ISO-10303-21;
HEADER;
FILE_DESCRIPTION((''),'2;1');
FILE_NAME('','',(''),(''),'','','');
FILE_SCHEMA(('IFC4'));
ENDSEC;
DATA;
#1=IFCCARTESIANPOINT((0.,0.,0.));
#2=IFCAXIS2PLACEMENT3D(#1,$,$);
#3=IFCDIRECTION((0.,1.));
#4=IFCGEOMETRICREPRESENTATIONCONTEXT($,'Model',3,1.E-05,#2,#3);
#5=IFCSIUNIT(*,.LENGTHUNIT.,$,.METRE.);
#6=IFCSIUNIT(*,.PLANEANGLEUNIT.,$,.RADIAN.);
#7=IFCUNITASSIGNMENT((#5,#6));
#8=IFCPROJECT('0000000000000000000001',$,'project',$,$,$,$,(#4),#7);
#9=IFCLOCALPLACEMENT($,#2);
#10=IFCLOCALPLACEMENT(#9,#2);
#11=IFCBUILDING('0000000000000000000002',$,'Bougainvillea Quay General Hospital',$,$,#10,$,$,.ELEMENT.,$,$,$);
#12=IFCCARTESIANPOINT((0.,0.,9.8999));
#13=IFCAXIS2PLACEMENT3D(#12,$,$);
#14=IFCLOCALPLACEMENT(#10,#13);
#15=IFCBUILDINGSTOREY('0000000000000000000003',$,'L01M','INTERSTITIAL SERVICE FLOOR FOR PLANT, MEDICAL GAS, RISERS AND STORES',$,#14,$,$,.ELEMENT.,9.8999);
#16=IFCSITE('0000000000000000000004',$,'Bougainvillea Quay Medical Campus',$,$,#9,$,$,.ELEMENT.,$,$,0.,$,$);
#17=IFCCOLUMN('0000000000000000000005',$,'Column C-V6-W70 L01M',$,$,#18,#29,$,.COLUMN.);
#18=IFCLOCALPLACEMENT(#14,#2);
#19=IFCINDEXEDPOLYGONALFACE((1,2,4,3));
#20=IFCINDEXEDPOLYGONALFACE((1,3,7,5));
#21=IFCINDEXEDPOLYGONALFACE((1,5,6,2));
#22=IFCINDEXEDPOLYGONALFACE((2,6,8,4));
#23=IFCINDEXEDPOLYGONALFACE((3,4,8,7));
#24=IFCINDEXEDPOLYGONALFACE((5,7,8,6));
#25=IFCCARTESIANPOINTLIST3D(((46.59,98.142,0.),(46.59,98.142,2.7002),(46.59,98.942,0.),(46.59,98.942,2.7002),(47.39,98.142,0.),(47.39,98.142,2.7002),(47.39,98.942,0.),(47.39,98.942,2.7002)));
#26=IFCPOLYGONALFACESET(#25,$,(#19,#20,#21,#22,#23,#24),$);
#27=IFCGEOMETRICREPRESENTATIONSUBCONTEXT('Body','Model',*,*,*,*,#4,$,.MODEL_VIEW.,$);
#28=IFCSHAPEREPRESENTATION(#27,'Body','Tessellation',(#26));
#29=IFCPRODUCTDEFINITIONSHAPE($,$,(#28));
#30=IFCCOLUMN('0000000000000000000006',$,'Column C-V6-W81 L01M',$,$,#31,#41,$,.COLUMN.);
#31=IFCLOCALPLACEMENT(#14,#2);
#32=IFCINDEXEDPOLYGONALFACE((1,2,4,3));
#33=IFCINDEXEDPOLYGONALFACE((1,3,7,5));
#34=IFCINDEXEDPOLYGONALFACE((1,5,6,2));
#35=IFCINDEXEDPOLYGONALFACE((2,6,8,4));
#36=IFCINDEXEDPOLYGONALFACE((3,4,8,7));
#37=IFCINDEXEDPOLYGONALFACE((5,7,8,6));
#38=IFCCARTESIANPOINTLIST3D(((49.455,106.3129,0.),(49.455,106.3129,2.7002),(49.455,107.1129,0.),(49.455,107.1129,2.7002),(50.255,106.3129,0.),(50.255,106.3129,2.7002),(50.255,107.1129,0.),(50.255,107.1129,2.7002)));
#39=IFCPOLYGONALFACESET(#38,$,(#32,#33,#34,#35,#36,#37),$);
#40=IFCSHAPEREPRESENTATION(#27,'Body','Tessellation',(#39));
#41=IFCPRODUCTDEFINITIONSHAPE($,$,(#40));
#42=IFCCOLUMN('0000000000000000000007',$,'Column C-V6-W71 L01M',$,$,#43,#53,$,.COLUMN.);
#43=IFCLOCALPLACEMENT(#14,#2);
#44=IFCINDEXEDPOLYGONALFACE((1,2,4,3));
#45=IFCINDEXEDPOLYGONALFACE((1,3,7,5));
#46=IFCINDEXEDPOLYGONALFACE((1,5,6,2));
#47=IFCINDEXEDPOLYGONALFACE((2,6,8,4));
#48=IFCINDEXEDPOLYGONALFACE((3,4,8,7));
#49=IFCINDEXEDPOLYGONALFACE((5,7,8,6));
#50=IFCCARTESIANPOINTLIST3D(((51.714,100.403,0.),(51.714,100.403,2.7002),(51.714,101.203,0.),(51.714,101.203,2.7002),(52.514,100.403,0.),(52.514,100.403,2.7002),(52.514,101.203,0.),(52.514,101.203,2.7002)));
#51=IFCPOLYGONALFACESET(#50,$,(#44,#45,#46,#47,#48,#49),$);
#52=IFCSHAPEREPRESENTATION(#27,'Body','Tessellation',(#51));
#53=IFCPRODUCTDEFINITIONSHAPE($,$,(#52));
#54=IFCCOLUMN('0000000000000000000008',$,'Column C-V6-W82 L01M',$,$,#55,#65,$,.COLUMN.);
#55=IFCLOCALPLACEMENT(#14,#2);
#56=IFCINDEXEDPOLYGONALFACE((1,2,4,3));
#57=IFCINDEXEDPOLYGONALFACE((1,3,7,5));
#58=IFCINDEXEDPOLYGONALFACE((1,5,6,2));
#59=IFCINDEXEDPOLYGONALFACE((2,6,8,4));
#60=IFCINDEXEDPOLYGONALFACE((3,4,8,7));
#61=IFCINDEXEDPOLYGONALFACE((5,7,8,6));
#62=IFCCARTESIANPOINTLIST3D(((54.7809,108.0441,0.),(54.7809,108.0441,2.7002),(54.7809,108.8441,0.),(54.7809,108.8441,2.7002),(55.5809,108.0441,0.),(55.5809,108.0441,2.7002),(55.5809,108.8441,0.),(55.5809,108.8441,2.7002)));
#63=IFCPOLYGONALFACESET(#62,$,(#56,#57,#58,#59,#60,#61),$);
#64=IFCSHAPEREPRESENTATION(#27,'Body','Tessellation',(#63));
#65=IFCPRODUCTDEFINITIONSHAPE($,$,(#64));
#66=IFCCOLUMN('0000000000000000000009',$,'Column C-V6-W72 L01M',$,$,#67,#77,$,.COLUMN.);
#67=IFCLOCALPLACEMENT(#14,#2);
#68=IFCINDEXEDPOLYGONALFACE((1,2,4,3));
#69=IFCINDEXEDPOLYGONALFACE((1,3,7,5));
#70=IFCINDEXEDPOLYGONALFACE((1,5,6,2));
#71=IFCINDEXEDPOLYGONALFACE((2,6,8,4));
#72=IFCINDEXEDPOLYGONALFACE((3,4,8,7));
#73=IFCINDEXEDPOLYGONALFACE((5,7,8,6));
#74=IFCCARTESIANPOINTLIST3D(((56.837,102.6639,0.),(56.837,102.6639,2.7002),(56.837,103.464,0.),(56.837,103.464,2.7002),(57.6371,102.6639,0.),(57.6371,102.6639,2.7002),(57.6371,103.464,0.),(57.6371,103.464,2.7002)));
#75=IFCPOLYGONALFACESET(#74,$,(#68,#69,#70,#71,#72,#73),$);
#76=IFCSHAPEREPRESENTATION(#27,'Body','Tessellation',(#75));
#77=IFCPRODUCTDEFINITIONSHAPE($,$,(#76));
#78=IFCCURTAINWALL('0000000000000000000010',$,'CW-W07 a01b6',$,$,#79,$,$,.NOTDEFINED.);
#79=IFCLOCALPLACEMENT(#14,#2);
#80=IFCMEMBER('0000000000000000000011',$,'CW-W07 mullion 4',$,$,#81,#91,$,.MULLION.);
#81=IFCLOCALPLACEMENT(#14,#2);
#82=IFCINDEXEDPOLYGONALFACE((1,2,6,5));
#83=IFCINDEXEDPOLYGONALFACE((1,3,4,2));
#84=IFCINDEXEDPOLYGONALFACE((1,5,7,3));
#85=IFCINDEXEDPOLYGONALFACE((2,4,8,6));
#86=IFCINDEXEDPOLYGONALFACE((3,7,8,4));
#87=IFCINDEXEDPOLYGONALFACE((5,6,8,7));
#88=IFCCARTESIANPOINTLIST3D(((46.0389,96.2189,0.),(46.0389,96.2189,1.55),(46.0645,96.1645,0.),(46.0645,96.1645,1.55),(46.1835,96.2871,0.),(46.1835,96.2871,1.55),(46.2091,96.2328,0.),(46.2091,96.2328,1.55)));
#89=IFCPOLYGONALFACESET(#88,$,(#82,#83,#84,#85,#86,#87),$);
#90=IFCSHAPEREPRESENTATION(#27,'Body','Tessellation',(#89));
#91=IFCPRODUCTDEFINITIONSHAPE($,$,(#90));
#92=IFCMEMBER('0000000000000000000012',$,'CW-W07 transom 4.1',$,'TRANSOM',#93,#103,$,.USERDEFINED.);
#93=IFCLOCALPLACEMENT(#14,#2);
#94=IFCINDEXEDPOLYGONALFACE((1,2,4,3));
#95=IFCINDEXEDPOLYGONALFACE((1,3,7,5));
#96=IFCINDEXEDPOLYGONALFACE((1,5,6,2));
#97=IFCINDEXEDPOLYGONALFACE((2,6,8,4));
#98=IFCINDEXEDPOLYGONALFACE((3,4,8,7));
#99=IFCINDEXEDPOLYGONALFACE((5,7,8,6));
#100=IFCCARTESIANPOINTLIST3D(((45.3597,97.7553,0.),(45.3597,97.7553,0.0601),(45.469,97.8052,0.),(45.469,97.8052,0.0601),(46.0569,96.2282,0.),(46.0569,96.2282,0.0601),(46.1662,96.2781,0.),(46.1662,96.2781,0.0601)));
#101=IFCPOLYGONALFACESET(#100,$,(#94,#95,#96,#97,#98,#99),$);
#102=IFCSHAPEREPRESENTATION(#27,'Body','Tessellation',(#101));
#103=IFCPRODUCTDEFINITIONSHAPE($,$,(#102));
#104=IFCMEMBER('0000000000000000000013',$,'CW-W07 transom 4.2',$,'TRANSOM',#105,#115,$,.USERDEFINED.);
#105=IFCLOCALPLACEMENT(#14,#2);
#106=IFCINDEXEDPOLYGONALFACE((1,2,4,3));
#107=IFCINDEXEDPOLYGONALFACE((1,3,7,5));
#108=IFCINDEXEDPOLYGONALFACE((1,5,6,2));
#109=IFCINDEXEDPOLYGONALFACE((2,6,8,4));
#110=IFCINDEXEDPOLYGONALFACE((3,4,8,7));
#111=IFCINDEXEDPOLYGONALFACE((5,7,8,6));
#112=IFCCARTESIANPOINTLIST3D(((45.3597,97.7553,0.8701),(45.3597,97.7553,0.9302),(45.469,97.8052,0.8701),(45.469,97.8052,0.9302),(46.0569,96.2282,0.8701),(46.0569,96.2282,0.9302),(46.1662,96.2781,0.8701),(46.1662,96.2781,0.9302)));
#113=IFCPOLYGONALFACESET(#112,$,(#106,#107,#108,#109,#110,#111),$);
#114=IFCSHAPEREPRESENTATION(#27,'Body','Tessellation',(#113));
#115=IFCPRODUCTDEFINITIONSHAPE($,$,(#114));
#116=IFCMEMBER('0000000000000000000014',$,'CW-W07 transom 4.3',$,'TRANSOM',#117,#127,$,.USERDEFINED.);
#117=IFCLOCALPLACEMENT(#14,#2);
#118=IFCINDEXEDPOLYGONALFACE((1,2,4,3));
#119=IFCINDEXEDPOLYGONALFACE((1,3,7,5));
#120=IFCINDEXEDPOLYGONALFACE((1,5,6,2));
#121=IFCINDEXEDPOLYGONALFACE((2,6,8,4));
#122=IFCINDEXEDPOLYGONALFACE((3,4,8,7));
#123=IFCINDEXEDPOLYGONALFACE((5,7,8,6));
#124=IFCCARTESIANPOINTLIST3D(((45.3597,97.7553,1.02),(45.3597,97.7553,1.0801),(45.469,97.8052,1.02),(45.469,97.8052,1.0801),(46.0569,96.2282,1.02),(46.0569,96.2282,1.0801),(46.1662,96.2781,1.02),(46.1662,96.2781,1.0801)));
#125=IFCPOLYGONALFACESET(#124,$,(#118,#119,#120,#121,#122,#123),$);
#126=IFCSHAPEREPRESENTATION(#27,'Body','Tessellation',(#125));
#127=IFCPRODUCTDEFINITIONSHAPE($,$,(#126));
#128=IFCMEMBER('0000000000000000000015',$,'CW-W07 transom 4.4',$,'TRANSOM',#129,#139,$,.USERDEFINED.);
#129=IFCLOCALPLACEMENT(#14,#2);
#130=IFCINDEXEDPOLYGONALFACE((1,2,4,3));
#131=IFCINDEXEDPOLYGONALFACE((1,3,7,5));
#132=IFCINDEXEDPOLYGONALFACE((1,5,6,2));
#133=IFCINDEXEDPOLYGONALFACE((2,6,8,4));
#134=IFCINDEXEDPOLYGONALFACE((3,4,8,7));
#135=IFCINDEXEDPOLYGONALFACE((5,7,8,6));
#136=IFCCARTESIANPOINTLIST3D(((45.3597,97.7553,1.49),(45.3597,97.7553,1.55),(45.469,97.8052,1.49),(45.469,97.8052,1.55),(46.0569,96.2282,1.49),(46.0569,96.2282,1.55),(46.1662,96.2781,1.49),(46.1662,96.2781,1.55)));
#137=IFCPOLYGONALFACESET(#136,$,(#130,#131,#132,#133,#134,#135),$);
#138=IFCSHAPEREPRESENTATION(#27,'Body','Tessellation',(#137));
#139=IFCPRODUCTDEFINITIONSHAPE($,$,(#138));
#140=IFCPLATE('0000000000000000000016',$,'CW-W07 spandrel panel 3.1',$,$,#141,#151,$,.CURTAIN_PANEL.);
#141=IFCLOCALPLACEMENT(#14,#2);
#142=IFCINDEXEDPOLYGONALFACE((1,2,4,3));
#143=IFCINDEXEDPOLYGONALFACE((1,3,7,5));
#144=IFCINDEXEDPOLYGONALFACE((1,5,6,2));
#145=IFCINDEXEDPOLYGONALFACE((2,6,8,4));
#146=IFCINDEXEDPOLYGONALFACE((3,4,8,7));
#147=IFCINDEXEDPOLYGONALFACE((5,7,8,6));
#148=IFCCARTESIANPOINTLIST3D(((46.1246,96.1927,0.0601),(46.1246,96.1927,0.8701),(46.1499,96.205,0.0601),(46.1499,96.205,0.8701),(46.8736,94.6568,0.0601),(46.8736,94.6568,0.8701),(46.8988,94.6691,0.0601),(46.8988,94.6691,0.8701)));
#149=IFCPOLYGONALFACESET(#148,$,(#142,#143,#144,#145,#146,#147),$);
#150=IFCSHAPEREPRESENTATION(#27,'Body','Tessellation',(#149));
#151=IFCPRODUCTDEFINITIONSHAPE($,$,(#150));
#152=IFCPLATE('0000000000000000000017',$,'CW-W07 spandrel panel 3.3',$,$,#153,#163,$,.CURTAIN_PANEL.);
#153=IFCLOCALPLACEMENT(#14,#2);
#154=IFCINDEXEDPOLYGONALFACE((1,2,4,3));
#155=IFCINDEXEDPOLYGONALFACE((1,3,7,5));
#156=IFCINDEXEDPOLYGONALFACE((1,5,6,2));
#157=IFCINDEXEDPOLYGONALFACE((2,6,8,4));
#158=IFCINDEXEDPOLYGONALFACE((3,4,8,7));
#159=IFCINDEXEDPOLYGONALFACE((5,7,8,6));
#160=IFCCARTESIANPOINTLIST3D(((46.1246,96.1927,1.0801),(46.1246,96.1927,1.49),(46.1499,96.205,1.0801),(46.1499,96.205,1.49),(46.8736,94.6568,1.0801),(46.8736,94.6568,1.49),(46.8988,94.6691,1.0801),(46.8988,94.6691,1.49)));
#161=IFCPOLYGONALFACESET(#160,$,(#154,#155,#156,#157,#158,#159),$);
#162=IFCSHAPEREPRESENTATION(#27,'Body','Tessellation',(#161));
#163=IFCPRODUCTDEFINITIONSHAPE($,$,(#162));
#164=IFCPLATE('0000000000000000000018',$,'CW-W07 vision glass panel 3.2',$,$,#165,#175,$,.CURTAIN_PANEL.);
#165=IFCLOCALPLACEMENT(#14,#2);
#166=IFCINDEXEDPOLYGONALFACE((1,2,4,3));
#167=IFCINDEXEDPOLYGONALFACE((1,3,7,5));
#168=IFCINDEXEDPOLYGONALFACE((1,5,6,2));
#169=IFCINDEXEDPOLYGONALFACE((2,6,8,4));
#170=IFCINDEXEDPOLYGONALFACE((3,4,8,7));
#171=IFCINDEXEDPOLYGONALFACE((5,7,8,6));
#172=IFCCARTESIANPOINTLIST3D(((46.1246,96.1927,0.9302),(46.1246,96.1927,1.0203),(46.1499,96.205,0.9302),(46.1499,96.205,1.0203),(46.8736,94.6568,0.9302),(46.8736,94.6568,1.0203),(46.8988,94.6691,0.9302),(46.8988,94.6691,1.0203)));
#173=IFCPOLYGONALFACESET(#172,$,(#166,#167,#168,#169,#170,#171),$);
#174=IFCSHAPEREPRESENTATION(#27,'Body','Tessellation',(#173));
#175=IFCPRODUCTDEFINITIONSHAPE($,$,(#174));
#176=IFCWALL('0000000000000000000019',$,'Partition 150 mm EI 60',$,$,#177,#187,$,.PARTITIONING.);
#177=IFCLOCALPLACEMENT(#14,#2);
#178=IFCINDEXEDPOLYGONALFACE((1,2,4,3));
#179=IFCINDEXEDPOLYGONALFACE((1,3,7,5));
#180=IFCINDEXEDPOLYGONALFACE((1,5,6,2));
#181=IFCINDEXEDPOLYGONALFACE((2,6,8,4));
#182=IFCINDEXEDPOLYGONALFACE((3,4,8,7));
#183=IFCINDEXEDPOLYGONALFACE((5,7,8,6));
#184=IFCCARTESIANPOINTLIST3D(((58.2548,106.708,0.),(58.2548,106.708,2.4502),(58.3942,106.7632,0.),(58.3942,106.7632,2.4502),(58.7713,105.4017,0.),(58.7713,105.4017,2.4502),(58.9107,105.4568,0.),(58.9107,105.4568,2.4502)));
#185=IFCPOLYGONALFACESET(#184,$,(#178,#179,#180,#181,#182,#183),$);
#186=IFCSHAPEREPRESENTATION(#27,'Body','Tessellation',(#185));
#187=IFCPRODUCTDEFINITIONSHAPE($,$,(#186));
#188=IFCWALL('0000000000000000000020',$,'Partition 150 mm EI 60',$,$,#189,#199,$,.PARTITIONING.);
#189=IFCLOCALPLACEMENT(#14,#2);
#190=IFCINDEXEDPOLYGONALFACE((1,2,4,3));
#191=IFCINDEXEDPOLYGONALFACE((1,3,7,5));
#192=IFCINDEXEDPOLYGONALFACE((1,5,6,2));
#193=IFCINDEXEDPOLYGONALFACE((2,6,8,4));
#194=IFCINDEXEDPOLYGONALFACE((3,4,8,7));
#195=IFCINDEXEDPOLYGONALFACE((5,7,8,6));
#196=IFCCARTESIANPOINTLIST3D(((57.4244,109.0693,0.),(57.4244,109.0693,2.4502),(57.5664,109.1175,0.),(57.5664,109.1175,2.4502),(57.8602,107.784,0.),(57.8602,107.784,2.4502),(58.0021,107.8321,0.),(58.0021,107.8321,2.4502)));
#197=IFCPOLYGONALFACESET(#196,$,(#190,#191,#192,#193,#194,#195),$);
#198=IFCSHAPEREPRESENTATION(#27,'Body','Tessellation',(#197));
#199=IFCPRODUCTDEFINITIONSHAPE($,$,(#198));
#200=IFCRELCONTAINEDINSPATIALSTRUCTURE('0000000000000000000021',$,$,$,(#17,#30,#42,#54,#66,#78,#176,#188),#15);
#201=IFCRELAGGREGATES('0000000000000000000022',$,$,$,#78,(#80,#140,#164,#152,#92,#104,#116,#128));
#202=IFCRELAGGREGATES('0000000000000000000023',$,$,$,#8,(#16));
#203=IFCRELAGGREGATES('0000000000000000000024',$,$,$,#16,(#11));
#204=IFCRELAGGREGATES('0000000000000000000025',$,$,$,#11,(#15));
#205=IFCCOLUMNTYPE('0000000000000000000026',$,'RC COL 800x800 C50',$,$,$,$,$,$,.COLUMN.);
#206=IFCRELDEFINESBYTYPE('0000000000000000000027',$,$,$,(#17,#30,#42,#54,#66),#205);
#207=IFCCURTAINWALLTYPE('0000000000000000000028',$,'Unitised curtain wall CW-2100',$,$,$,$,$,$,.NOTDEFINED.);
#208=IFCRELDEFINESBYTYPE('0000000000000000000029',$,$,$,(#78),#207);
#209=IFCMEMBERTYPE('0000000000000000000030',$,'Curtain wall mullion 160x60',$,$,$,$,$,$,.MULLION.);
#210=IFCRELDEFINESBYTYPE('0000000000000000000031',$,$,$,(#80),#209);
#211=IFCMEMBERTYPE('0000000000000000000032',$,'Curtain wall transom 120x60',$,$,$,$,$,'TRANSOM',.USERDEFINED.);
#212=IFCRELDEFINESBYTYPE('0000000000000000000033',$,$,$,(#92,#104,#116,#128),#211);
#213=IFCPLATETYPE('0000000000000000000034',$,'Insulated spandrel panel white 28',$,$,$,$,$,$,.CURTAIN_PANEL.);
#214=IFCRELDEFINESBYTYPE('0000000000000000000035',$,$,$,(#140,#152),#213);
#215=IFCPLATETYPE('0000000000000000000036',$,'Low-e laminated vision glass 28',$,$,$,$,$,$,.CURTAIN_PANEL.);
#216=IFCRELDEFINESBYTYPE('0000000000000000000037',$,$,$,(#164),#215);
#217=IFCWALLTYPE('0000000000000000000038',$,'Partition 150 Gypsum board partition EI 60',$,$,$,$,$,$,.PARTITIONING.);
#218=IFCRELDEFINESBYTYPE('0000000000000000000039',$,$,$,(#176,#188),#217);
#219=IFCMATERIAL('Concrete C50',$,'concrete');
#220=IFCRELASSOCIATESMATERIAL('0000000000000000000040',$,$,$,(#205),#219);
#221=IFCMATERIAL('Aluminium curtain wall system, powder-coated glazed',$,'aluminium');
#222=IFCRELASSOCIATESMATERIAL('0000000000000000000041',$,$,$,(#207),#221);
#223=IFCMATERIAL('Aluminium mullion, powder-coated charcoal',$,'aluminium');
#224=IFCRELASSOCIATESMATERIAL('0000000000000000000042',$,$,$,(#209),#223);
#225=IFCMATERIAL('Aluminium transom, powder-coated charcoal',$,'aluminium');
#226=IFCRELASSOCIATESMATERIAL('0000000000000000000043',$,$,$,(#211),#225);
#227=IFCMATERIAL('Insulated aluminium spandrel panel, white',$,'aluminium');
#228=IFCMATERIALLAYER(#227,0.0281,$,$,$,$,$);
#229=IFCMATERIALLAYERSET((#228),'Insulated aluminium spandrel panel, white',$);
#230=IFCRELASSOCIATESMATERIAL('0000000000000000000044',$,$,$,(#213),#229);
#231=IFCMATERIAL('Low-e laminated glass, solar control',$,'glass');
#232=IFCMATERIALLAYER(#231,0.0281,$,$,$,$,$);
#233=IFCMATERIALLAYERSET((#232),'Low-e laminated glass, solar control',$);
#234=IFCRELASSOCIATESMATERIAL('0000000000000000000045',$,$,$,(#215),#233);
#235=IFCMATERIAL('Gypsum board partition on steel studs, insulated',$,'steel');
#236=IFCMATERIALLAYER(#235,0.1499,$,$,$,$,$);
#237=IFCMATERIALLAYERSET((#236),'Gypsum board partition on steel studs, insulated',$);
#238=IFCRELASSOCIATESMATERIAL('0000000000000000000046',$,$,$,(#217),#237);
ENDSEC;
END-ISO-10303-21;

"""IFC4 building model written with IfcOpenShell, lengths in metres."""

from ifc_helpers import new_model, si_unit, direction, frame, frame_2d, origin, origin_2d, place, context, subcontext, project, spatial, rectangle, extrude, material, layer, layer_set, material_profile, profile_set, type_object, element, aggregate, save


model = new_model("IFC4")

# Units and contexts
model_context = context("Model", 3, precision=1e-05, world=origin(), true_north=direction((0.0, 1.0)))
body_context = subcontext(model_context, "Body", "Model", "MODEL_VIEW")
ifc_project = project(units=[si_unit("LENGTHUNIT", "METRE"), si_unit("PLANEANGLEUNIT", "RADIAN")], contexts=[model_context])

# Site, building, storey
site_placement = place(None, origin())
site = spatial("IfcSite", under=ifc_project, at=site_placement, Name="Bougainvillea Quay Medical Campus", CompositionType="ELEMENT", RefElevation=0.0)
building_placement = place(site_placement, origin())
building = spatial("IfcBuilding", under=site, at=building_placement, Name="Bougainvillea Quay General Hospital", CompositionType="ELEMENT")
storey_placement = place(building_placement, frame((0.0, 0.0, 9.8999)))
storey = spatial("IfcBuildingStorey", under=building, at=storey_placement, Name="L01M", Description="INTERSTITIAL SERVICE FLOOR FOR PLANT, MEDICAL GAS, RISERS AND STORES", CompositionType="ELEMENT", Elevation=9.8999)

# Columns
ifc_material_1 = material(Name="Concrete C50", Category="concrete")
ifc_material_profile_1 = material_profile(ifc_material_1, rectangle(XDim=0.8, YDim=0.8, at=origin_2d()))
ifc_profile_set_1 = profile_set([ifc_material_profile_1], Name="Concrete C50")
column_type = type_object("IfcColumnType", Name="RC COL 800x800 C50", PredefinedType="COLUMN", material=ifc_profile_set_1)
for number, where, z_axis, x_axis, name in (
    (1, (46.99, 98.542, 0.0), (0.0, 0.0, 1.0), (1.0, 0.0, 0.0), "Column C-V6-W70 L01M"),
    (2, (49.855, 106.7129, 0.0), (0.0, 0.0, 1.0), (1.0, 0.0, 0.0), "Column C-V6-W81 L01M"),
    (3, (52.114, 100.803, 0.0), (0.0, 0.0, 1.0), (1.0, 0.0, 0.0), "Column C-V6-W71 L01M"),
    (4, (55.1809, 108.4441, 0.0), (0.0, 0.0, 1.0), (1.0, 0.0, 0.0), "Column C-V6-W82 L01M"),
    (5, (57.2371, 103.064, 0.0), (0.0, 0.0, 1.0), (1.0, 0.0, 0.0), "Column C-V6-W72 L01M"),
):
    element("IfcColumn", number, at=place(storey_placement, frame(where, z_axis=z_axis, x_axis=x_axis)), inside=storey, type_object=column_type, Name=name, PredefinedType="COLUMN", context=body_context, shape_type="SweptSolid", body=[
        extrude(rectangle(XDim=0.8, YDim=0.8, at=origin_2d()), origin(), (0.0, 0.0, 1.0), 2.7002),
    ])

# Curtain wall, members, plates
ifc_material_2 = material(Name="Aluminium curtain wall system, powder-coated glazed", Category="aluminium")
curtain_wall_type = type_object("IfcCurtainWallType", Name="Unitised curtain wall CW-2100", PredefinedType="NOTDEFINED", material=ifc_material_2)
curtain_wall_placement = place(storey_placement, origin())
curtain_wall = element("IfcCurtainWall", 6, at=curtain_wall_placement, inside=storey, type_object=curtain_wall_type, Name="CW-W07 a01b6", PredefinedType="NOTDEFINED")
ifc_material_3 = material(Name="Aluminium mullion, powder-coated charcoal", Category="aluminium")
ifc_material_profile_2 = material_profile(ifc_material_3, rectangle(XDim=0.1599, YDim=0.0601, at=origin_2d()))
ifc_profile_set_2 = profile_set([ifc_material_profile_2], Name="Aluminium mullion, powder-coated charcoal")
member_type_1 = type_object("IfcMemberType", Name="Curtain wall mullion 160x60", PredefinedType="MULLION", material=ifc_profile_set_2)
member_1_placement = place(storey_placement, frame((46.124, 96.2258, 0.0), z_axis=(0.0, 0.0, 1.0), x_axis=(-0.904314, -0.426869, 0.0)))
member_1 = element("IfcMember", 7, at=member_1_placement, type_object=member_type_1, Name="CW-W07 mullion 4", PredefinedType="MULLION", context=body_context, shape_type="SweptSolid", body=[
    extrude(rectangle(XDim=0.1599, YDim=0.0601, at=origin_2d()), origin(), (0.0, 0.0, 1.0), 1.55),
])
ifc_material_4 = material(Name="Aluminium transom, powder-coated charcoal", Category="aluminium")
ifc_material_profile_3 = material_profile(ifc_material_4, rectangle(XDim=0.1201, YDim=0.0601, at=origin_2d()))
ifc_profile_set_3 = profile_set([ifc_material_profile_3], Name="Aluminium transom, powder-coated charcoal")
member_type_2 = type_object("IfcMemberType", Name="Curtain wall transom 120x60", ElementType="TRANSOM", PredefinedType="USERDEFINED", material=ifc_profile_set_3)
member_2_placement = place(storey_placement, frame((46.1116, 96.2532, 0.03), z_axis=(-0.415347, 0.909663, 0.0), x_axis=(-0.909663, -0.415347, 0.0)))
member_2 = element("IfcMember", 8, at=member_2_placement, type_object=member_type_2, Name="CW-W07 transom 4.1", ObjectType="TRANSOM", PredefinedType="USERDEFINED", context=body_context, shape_type="SweptSolid", body=[
    extrude(rectangle(XDim=0.1201, YDim=0.0601, at=origin_2d()), origin(), (0.0, 0.0, 1.0), 1.6787),
])
member_3_placement = place(storey_placement, frame((46.1116, 96.2532, 0.9001), z_axis=(-0.415347, 0.909663, 0.0), x_axis=(-0.909663, -0.415347, 0.0)))
member_3 = element("IfcMember", 9, at=member_3_placement, type_object=member_type_2, Name="CW-W07 transom 4.2", ObjectType="TRANSOM", PredefinedType="USERDEFINED", context=body_context, shape_type="SweptSolid", body=[
    extrude(rectangle(XDim=0.1201, YDim=0.0601, at=origin_2d()), origin(), (0.0, 0.0, 1.0), 1.6787),
])
member_4_placement = place(storey_placement, frame((46.1116, 96.2532, 1.05), z_axis=(-0.415347, 0.909663, 0.0), x_axis=(-0.909663, -0.415347, 0.0)))
member_4 = element("IfcMember", 10, at=member_4_placement, type_object=member_type_2, Name="CW-W07 transom 4.3", ObjectType="TRANSOM", PredefinedType="USERDEFINED", context=body_context, shape_type="SweptSolid", body=[
    extrude(rectangle(XDim=0.1201, YDim=0.0601, at=origin_2d()), origin(), (0.0, 0.0, 1.0), 1.6787),
])
member_5_placement = place(storey_placement, frame((46.1116, 96.2532, 1.52), z_axis=(-0.415347, 0.909663, 0.0), x_axis=(-0.909663, -0.415347, 0.0)))
member_5 = element("IfcMember", 11, at=member_5_placement, type_object=member_type_2, Name="CW-W07 transom 4.4", ObjectType="TRANSOM", PredefinedType="USERDEFINED", context=body_context, shape_type="SweptSolid", body=[
    extrude(rectangle(XDim=0.1201, YDim=0.0601, at=origin_2d()), origin(), (0.0, 0.0, 1.0), 1.6787),
])
ifc_material_5 = material(Name="Insulated aluminium spandrel panel, white", Category="aluminium")
ifc_layer_1 = layer(ifc_material_5, 0.0281)
ifc_layer_set_1 = layer_set([ifc_layer_1], Name="Insulated aluminium spandrel panel, white")
plate_type_1 = type_object("IfcPlateType", Name="Insulated spandrel panel white 28", PredefinedType="CURTAIN_PANEL", material=ifc_layer_set_1)
plate_1_placement = place(storey_placement, frame((46.5117, 95.4309, 0.0601), z_axis=(0.0, 0.0, 1.0), x_axis=(-0.438301, 0.898828, 0.0)))
plate_1 = element("IfcPlate", 12, at=plate_1_placement, type_object=plate_type_1, Name="CW-W07 spandrel panel 3.1", PredefinedType="CURTAIN_PANEL", context=body_context, shape_type="SweptSolid", body=[
    extrude(rectangle(XDim=1.7087, YDim=0.0281, at=origin_2d()), origin(), (0.0, 0.0, 1.0), 0.8101),
])
plate_2_placement = place(storey_placement, frame((46.5117, 95.4309, 1.0801), z_axis=(0.0, 0.0, 1.0), x_axis=(-0.438301, 0.898828, 0.0)))
plate_2 = element("IfcPlate", 13, at=plate_2_placement, type_object=plate_type_1, Name="CW-W07 spandrel panel 3.3", PredefinedType="CURTAIN_PANEL", context=body_context, shape_type="SweptSolid", body=[
    extrude(rectangle(XDim=1.7087, YDim=0.0281, at=origin_2d()), origin(), (0.0, 0.0, 1.0), 0.4099),
])
ifc_material_6 = material(Name="Low-e laminated glass, solar control", Category="glass")
ifc_layer_2 = layer(ifc_material_6, 0.0281)
ifc_layer_set_2 = layer_set([ifc_layer_2], Name="Low-e laminated glass, solar control")
plate_type_2 = type_object("IfcPlateType", Name="Low-e laminated vision glass 28", PredefinedType="CURTAIN_PANEL", material=ifc_layer_set_2)
plate_3_placement = place(storey_placement, frame((46.5117, 95.4309, 0.9302), z_axis=(0.0, 0.0, 1.0), x_axis=(-0.438301, 0.898828, 0.0)))
plate_3 = element("IfcPlate", 14, at=plate_3_placement, type_object=plate_type_2, Name="CW-W07 vision glass panel 3.2", PredefinedType="CURTAIN_PANEL", context=body_context, shape_type="SweptSolid", body=[
    extrude(rectangle(XDim=1.7087, YDim=0.0281, at=origin_2d()), origin(), (0.0, 0.0, 1.0), 0.0901),
])
aggregate(curtain_wall, [member_1, plate_1, plate_3, plate_2, member_2, member_3, member_4, member_5])

# Walls
ifc_material_7 = material(Name="Gypsum board partition on steel studs, insulated", Category="steel")
ifc_layer_3 = layer(ifc_material_7, 0.1499)
ifc_layer_set_3 = layer_set([ifc_layer_3], Name="Gypsum board partition on steel studs, insulated")
wall_type_1 = type_object("IfcWallType", Name="Partition 150 Gypsum board partition EI 60", PredefinedType="PARTITIONING", material=ifc_layer_set_3)
wall_1_placement = place(storey_placement, frame((58.3245, 106.7356, 0.0), z_axis=(0.0, 0.0, 1.0), x_axis=(0.367732, -0.929932, 0.0)))
element("IfcWall", 15, at=wall_1_placement, inside=storey, type_object=wall_type_1, Name="Partition 150 mm EI 60", PredefinedType="PARTITIONING", context=body_context, shape_type="SweptSolid", body=[
    extrude(rectangle(XDim=1.4048, YDim=0.1499, at=frame_2d((0.7024, 0.0))), origin(), (0.0, 0.0, 1.0), 2.4502),
])
wall_2_placement = place(storey_placement, frame((57.4954, 109.0935, 0.0), z_axis=(0.0, 0.0, 1.0), x_axis=(0.32108, -0.947052, 0.0)))
element("IfcWall", 16, at=wall_2_placement, inside=storey, type_object=wall_type_1, Name="Partition 150 mm EI 60", PredefinedType="PARTITIONING", context=body_context, shape_type="SweptSolid", body=[
    extrude(rectangle(XDim=1.3572, YDim=0.1499, at=frame_2d((0.6787, 0.0))), origin(), (0.0, 0.0, 1.0), 2.4502),
])

save(model, "model.ifc")
